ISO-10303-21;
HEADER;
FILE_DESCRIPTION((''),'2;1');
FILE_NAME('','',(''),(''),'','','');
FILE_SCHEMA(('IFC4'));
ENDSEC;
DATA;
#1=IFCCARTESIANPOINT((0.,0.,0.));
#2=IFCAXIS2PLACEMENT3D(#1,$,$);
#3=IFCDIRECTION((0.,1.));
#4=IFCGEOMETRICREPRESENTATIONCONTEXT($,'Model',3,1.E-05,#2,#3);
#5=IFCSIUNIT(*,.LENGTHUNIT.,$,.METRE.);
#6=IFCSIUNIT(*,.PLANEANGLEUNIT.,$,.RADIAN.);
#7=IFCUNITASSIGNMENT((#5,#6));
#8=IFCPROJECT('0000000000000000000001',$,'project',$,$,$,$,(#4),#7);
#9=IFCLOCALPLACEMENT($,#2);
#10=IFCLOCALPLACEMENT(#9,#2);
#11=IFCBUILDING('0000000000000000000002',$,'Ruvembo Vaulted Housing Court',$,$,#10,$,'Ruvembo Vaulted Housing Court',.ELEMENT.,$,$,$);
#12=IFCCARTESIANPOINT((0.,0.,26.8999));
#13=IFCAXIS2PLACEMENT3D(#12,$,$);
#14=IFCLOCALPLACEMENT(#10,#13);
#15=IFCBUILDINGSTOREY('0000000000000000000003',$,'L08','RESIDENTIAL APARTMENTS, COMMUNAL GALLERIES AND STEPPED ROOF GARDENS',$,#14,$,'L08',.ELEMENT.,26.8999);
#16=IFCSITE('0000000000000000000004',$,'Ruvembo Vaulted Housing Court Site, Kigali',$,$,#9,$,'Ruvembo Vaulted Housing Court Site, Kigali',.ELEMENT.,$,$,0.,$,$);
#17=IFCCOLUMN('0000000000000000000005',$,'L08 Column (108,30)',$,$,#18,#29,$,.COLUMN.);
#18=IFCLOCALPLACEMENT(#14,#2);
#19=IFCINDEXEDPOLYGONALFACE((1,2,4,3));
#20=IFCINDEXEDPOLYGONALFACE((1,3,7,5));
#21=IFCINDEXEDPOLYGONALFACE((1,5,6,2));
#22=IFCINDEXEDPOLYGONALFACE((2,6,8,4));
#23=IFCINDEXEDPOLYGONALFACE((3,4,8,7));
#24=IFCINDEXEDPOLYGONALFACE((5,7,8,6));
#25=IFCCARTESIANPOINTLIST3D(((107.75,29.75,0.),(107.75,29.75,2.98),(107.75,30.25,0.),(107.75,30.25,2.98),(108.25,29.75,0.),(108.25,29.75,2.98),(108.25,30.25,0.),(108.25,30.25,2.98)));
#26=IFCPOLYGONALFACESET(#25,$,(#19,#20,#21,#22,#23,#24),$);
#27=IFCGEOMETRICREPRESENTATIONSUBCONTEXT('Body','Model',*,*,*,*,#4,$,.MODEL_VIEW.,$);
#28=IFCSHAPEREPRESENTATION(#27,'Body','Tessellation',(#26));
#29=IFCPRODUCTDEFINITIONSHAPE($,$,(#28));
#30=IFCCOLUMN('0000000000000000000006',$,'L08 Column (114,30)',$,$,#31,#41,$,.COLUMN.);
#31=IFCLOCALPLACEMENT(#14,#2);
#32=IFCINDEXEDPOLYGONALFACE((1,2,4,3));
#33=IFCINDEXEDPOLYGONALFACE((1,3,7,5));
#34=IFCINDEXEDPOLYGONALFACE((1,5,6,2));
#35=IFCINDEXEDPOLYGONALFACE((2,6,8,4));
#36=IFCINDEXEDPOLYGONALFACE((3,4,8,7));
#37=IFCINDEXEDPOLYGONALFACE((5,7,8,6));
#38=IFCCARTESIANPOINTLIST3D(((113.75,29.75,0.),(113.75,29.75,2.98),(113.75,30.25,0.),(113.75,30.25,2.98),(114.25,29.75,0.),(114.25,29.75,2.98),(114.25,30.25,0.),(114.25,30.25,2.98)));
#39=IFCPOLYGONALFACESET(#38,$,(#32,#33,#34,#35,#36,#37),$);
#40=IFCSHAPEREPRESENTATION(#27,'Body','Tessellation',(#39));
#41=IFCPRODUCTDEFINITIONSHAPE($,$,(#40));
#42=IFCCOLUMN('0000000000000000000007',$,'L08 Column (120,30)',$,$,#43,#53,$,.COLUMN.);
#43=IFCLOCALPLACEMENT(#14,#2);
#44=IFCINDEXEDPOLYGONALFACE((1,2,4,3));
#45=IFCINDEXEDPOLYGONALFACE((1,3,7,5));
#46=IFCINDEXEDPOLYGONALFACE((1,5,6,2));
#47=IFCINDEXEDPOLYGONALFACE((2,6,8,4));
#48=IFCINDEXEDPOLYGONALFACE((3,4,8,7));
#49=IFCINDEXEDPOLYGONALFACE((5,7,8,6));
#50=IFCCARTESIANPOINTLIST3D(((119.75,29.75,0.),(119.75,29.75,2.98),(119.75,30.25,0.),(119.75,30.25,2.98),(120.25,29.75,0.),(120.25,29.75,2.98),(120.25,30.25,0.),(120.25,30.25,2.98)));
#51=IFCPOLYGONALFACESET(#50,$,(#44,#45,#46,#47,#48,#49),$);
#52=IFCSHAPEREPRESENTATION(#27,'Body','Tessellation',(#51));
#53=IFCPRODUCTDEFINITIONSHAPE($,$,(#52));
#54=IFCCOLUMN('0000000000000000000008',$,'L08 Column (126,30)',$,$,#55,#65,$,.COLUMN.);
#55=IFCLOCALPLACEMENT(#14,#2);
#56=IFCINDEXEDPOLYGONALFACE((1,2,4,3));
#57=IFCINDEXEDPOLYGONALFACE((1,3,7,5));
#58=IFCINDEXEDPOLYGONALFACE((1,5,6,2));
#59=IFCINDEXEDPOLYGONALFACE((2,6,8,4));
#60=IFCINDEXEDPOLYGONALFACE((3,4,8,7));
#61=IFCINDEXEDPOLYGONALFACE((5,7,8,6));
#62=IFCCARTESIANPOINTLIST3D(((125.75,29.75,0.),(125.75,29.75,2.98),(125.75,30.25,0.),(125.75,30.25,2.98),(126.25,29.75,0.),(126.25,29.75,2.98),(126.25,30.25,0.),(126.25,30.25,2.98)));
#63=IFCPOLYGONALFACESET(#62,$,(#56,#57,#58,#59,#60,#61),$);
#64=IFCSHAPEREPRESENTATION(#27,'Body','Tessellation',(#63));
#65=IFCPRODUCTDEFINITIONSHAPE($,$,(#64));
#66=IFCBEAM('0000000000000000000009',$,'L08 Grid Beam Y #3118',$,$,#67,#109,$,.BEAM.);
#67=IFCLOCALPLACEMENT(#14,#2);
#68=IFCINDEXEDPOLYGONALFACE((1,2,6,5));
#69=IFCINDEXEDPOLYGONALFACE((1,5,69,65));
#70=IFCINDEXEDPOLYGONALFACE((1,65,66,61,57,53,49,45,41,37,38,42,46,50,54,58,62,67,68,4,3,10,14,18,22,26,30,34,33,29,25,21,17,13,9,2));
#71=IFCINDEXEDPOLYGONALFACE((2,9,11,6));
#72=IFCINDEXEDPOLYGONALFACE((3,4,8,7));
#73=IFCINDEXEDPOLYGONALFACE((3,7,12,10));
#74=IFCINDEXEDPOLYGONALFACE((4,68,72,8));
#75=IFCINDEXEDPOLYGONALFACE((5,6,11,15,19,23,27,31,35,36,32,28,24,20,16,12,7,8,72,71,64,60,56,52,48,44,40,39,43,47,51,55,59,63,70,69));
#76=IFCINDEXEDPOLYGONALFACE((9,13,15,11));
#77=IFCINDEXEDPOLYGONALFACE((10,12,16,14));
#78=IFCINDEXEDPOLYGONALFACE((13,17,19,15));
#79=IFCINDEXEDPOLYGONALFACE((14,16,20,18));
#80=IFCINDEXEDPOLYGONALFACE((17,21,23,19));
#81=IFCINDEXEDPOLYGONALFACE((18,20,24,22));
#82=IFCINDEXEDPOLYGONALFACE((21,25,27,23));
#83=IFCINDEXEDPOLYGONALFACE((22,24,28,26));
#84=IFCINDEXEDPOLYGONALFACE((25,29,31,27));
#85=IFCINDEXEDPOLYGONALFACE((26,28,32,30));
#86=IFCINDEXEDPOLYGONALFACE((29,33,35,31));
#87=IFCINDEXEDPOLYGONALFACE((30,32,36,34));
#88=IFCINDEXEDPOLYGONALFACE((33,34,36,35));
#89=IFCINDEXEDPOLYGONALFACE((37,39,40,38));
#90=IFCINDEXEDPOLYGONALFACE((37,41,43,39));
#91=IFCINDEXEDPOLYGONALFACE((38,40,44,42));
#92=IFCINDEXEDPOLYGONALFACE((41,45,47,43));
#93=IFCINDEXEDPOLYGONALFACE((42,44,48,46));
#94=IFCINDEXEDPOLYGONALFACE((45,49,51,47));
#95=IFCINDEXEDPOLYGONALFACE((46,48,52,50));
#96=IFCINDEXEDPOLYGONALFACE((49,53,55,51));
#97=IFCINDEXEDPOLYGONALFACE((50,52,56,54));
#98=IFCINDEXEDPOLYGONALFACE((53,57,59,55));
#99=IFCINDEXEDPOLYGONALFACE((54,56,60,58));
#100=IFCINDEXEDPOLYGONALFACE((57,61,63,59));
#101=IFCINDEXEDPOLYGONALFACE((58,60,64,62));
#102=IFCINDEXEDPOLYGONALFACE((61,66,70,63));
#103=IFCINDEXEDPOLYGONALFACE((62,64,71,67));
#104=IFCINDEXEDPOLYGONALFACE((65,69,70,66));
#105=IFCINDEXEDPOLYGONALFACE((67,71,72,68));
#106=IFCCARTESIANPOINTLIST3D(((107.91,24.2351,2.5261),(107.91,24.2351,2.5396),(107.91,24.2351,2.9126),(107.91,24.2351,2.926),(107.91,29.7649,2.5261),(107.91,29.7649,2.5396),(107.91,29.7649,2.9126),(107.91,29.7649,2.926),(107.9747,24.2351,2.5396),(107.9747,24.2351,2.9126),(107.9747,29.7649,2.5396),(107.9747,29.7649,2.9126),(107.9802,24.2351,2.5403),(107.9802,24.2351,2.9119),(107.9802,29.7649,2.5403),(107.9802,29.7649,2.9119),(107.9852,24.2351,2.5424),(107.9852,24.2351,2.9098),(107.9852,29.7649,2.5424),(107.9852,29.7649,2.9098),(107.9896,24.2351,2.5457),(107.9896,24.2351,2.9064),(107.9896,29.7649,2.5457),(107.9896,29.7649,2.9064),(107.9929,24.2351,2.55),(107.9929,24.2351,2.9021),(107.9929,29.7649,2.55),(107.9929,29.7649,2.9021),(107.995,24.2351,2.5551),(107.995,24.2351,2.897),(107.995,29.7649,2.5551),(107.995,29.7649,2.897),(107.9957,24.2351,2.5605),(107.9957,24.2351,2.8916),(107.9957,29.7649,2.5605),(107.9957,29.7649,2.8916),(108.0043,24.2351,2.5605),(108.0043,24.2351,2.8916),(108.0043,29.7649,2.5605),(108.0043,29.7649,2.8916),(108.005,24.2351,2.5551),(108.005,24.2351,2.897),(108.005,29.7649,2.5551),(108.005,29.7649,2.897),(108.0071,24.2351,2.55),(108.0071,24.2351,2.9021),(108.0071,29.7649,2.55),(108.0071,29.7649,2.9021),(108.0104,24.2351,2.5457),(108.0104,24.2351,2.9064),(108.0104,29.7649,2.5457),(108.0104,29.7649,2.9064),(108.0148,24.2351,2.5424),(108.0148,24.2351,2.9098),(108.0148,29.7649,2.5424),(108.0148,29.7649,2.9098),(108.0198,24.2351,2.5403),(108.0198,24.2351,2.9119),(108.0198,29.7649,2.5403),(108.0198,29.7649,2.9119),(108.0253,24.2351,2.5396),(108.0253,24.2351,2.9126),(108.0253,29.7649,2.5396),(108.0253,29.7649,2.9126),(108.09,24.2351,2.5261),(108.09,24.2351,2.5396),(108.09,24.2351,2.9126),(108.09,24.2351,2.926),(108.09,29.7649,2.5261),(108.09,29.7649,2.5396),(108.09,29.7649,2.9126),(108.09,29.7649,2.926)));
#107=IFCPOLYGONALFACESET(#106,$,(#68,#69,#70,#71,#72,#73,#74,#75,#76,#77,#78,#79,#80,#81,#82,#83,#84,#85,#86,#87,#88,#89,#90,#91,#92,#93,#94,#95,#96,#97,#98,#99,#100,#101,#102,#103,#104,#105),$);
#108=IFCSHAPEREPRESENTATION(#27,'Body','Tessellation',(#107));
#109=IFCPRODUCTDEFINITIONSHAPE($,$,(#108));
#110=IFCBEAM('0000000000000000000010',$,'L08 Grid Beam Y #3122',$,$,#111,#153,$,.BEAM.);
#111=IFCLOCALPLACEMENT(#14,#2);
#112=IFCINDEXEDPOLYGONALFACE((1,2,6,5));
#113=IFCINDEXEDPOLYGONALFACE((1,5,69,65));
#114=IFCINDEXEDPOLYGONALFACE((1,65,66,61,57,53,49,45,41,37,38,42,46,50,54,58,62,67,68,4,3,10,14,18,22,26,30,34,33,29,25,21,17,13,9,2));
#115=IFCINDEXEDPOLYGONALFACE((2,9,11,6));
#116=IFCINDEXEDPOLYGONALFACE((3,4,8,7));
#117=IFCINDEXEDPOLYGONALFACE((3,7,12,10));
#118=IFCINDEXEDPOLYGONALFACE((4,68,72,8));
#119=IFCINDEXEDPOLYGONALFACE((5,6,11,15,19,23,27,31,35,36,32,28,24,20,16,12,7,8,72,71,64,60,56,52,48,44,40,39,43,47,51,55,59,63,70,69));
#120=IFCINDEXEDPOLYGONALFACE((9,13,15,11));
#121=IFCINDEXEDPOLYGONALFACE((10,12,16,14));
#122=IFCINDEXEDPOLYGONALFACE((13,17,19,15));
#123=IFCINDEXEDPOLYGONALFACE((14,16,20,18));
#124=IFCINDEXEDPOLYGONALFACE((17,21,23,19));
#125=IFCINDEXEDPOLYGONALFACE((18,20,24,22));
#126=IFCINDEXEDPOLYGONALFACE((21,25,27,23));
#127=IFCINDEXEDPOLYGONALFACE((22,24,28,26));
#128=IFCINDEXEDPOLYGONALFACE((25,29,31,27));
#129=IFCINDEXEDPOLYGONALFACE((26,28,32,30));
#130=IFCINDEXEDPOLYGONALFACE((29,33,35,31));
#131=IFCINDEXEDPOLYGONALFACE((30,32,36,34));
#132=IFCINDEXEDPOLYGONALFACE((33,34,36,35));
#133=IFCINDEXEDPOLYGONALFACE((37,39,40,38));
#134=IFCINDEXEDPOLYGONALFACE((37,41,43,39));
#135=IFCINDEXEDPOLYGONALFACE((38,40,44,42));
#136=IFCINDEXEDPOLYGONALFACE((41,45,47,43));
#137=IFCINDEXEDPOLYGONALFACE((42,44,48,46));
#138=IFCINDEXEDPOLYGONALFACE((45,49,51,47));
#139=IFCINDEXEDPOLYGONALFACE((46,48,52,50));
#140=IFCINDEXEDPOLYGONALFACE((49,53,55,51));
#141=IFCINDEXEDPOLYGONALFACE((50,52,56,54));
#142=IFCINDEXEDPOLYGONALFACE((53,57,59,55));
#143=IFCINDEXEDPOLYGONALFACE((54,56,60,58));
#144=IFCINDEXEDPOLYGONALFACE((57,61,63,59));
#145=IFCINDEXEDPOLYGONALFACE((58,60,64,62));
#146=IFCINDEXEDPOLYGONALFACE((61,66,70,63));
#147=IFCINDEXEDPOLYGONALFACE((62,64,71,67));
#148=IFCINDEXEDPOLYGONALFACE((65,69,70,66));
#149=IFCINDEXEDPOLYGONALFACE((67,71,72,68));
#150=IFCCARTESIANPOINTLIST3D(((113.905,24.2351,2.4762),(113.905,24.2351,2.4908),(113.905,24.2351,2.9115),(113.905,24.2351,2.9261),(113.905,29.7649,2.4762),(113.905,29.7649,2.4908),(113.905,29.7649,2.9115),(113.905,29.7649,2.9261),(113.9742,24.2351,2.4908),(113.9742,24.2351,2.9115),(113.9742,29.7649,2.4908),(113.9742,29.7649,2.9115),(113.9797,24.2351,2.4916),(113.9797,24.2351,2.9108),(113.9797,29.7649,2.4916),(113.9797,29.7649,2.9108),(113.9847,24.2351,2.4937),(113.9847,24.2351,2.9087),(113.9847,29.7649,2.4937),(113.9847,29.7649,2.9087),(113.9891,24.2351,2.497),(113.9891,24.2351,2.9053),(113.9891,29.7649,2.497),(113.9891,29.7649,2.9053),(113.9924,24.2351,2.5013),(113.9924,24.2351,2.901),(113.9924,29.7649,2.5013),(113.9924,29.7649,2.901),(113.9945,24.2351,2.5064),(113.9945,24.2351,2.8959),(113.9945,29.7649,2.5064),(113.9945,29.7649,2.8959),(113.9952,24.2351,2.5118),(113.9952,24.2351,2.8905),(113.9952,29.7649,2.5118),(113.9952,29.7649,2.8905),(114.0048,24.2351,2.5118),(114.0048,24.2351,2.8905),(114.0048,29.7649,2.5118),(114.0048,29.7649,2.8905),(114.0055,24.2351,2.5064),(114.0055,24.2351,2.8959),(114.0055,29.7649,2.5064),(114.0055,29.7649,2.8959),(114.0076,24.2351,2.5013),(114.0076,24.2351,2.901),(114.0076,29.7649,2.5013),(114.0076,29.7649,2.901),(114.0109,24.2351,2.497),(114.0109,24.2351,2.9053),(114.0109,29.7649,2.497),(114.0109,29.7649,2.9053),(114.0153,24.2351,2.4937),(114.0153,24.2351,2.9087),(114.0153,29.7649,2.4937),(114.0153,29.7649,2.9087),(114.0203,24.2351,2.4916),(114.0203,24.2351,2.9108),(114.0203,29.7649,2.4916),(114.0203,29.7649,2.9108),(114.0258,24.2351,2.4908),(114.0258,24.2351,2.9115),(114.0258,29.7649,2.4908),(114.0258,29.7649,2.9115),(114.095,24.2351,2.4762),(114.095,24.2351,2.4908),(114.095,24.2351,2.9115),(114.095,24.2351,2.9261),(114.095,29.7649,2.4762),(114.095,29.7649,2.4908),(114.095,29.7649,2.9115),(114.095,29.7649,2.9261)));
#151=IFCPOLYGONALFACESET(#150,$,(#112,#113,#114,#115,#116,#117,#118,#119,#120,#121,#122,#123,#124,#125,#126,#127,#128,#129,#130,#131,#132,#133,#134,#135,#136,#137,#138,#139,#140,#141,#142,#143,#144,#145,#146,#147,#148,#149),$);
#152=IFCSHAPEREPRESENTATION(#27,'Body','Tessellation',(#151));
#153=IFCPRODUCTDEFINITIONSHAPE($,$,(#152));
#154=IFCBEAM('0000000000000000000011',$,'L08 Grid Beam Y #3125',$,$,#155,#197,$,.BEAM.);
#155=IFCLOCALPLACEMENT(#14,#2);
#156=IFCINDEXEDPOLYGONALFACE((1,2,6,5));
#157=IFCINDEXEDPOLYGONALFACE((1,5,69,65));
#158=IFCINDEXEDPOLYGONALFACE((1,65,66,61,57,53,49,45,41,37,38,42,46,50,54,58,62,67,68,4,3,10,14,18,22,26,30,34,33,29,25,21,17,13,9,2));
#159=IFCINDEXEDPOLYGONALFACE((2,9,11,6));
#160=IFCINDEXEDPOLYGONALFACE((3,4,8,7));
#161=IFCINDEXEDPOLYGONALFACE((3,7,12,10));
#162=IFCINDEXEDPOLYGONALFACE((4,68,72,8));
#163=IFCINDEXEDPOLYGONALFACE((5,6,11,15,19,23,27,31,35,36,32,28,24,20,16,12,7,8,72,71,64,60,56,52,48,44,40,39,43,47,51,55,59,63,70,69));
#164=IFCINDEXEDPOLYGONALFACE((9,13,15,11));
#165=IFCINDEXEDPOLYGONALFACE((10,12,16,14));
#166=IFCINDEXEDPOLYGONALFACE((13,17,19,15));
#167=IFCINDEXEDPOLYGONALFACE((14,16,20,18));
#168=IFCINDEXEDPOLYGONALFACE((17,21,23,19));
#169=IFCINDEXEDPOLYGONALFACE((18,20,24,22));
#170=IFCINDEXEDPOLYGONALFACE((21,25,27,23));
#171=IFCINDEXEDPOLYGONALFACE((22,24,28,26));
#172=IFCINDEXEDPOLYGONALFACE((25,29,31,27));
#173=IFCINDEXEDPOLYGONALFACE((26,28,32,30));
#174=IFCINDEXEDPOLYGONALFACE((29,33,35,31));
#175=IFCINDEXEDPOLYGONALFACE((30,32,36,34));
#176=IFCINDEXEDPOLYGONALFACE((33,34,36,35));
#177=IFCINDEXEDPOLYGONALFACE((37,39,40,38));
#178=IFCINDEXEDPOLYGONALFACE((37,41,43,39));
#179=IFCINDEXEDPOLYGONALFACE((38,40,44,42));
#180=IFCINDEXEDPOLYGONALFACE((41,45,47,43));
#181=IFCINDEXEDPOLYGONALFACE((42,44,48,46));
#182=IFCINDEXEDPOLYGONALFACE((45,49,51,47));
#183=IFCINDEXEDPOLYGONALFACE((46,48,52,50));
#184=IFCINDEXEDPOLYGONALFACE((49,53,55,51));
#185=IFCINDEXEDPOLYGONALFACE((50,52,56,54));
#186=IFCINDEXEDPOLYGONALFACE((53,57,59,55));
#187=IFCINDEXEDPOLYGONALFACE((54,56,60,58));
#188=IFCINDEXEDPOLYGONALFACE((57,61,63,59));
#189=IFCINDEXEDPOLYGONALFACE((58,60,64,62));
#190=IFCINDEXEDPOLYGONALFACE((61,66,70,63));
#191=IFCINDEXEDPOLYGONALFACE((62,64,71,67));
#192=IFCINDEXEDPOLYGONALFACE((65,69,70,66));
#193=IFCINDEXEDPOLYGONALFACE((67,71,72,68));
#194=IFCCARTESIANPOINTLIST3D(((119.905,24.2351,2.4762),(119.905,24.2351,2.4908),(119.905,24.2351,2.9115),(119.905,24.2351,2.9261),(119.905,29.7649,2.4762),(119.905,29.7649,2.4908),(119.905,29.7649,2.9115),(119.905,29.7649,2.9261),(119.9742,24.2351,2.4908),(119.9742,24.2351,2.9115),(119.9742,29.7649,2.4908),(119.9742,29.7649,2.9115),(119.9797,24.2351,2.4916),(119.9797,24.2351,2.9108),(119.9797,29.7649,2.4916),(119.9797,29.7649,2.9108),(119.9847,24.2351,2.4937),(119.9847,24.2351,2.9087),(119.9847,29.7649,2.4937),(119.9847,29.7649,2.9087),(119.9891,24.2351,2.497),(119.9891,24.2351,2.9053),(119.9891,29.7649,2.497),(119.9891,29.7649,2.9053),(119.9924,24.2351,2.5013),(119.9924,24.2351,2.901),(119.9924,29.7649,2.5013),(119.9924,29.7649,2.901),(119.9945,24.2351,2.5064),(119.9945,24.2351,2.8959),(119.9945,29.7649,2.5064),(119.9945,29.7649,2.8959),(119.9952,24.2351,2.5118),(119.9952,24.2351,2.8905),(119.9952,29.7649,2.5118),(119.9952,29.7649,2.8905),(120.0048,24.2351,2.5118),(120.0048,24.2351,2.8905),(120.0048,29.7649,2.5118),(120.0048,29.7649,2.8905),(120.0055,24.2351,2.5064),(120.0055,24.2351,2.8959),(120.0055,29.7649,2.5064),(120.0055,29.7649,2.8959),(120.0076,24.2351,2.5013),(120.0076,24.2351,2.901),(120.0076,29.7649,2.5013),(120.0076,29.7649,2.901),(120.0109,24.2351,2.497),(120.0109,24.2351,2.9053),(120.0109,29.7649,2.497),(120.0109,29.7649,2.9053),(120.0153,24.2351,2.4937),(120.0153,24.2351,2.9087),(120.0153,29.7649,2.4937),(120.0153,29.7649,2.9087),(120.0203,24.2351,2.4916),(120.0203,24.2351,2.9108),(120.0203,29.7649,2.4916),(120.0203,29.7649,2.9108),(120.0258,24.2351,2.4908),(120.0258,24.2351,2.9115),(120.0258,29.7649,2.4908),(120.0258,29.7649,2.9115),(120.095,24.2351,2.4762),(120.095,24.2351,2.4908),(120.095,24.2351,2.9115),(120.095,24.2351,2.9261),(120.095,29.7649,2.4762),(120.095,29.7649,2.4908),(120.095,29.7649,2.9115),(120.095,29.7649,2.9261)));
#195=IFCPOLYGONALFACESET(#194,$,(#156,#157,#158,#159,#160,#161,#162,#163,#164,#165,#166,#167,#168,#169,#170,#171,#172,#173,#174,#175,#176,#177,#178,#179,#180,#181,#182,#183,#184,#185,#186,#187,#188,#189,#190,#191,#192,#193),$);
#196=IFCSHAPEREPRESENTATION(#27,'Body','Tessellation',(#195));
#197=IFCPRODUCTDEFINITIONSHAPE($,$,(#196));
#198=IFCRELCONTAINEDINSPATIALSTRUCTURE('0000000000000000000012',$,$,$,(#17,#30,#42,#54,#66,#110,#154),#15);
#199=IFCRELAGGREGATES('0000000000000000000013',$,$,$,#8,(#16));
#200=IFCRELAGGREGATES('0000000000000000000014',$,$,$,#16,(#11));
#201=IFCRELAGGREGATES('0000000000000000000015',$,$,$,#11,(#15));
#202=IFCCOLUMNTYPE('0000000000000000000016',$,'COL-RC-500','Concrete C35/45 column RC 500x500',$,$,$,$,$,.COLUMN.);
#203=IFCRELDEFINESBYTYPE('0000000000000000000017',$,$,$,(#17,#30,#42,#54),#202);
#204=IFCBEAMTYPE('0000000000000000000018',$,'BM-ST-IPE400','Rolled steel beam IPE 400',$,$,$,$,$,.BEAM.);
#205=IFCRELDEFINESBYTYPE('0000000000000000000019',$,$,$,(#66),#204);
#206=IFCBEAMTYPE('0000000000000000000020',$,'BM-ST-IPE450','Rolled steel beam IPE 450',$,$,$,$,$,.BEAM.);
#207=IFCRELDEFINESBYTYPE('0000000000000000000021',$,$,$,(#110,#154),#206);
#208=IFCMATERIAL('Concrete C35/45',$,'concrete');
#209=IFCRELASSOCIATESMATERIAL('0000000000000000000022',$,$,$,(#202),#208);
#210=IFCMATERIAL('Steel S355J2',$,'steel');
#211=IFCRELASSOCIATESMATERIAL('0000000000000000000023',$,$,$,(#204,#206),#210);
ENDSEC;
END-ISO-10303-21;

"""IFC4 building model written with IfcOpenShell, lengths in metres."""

from ifc_helpers import new_model, si_unit, direction, frame, origin, origin_2d, place, context, subcontext, project, spatial, rectangle, i_section, extrude, material, material_profile, profile_set, type_object, element, save


model = new_model("IFC4")

# Units and contexts
model_context = context("Model", 3, precision=1e-05, world=origin(), true_north=direction((0.0, 1.0)))
body_context = subcontext(model_context, "Body", "Model", "MODEL_VIEW")
ifc_project = project(units=[si_unit("LENGTHUNIT", "METRE"), si_unit("PLANEANGLEUNIT", "RADIAN")], contexts=[model_context])

# Site, building, storey
site_placement = place(None, origin())
site = spatial("IfcSite", under=ifc_project, at=site_placement, Name="Ruvembo Vaulted Housing Court Site, Kigali", LongName="Ruvembo Vaulted Housing Court Site, Kigali", CompositionType="ELEMENT", RefElevation=0.0)
building_placement = place(site_placement, origin())
building = spatial("IfcBuilding", under=site, at=building_placement, Name="Ruvembo Vaulted Housing Court", LongName="Ruvembo Vaulted Housing Court", CompositionType="ELEMENT")
storey_placement = place(building_placement, frame((0.0, 0.0, 26.8999)))
storey = spatial("IfcBuildingStorey", under=building, at=storey_placement, Name="L08", Description="RESIDENTIAL APARTMENTS, COMMUNAL GALLERIES AND STEPPED ROOF GARDENS", LongName="L08", CompositionType="ELEMENT", Elevation=26.8999)

# Columns
ifc_material_1 = material(Name="Concrete C35/45", Category="concrete")
ifc_material_profile_1 = material_profile(ifc_material_1, rectangle(XDim=0.5, YDim=0.5, at=origin_2d()), Name="RC 500x500")
ifc_profile_set_1 = profile_set([ifc_material_profile_1], Name="Concrete C35/45")
column_type = type_object("IfcColumnType", Name="COL-RC-500", Description="Concrete C35/45 column RC 500x500", PredefinedType="COLUMN", material=ifc_profile_set_1)
for number, where, z_axis, x_axis, name in (
    (1, (108.0, 30.0, 0.0), (0.0, 0.0, 1.0), (1.0, 0.0, 0.0), "L08 Column (108,30)"),
    (2, (114.0, 30.0, 0.0), (0.0, 0.0, 1.0), (1.0, 0.0, 0.0), "L08 Column (114,30)"),
    (3, (120.0, 30.0, 0.0), (0.0, 0.0, 1.0), (1.0, 0.0, 0.0), "L08 Column (120,30)"),
    (4, (126.0, 30.0, 0.0), (0.0, 0.0, 1.0), (1.0, 0.0, 0.0), "L08 Column (126,30)"),
):
    element("IfcColumn", number, at=place(storey_placement, frame(where, z_axis=z_axis, x_axis=x_axis)), inside=storey, type_object=column_type, Name=name, PredefinedType="COLUMN", context=body_context, shape_type="SweptSolid", body=[
        extrude(rectangle(XDim=0.5, YDim=0.5, at=origin_2d()), origin(), (0.0, 0.0, 1.0), 2.98),
    ])

# Beams
ifc_material_2 = material(Name="Steel S355J2", Category="steel")
ifc_material_profile_2 = material_profile(ifc_material_2, i_section(OverallWidth=0.1799, OverallDepth=0.3999, WebThickness=0.0085, FlangeThickness=0.0134, FilletRadius=0.021, at=origin_2d()), Name="IPE 400")
ifc_profile_set_2 = profile_set([ifc_material_profile_2], Name="Steel S355J2")
beam_type_1 = type_object("IfcBeamType", Name="BM-ST-IPE400", Description="Rolled steel beam IPE 400", PredefinedType="BEAM", material=ifc_profile_set_2)
beam_1_placement = place(storey_placement, frame((108.0, 24.2351, 2.7261), z_axis=(0.0, 1.0, 0.0), x_axis=(-1.0, 0.0, 0.0)))
element("IfcBeam", 5, at=beam_1_placement, inside=storey, type_object=beam_type_1, Name="L08 Grid Beam Y #3118", PredefinedType="BEAM", context=body_context, shape_type="SweptSolid", body=[
    extrude(i_section(OverallWidth=0.1799, OverallDepth=0.3999, WebThickness=0.0085, FlangeThickness=0.0134, FilletRadius=0.021, at=origin_2d()), origin(), (0.0, 0.0, 1.0), 5.5298),
])
ifc_material_profile_3 = material_profile(ifc_material_2, i_section(OverallWidth=0.1899, OverallDepth=0.45, WebThickness=0.0095, FlangeThickness=0.0146, FilletRadius=0.021, at=origin_2d()), Name="IPE 450")
ifc_profile_set_3 = profile_set([ifc_material_profile_3], Name="Steel S355J2")
beam_type_2 = type_object("IfcBeamType", Name="BM-ST-IPE450", Description="Rolled steel beam IPE 450", PredefinedType="BEAM", material=ifc_profile_set_3)
for number, where, z_axis, x_axis, name in (
    (6, (114.0, 24.2351, 2.7012), (0.0, 1.0, 0.0), (-1.0, 0.0, 0.0), "L08 Grid Beam Y #3122"),
    (7, (120.0, 24.2351, 2.7012), (0.0, 1.0, 0.0), (-1.0, 0.0, 0.0), "L08 Grid Beam Y #3125"),
):
    element("IfcBeam", number, at=place(storey_placement, frame(where, z_axis=z_axis, x_axis=x_axis)), inside=storey, type_object=beam_type_2, Name=name, PredefinedType="BEAM", context=body_context, shape_type="SweptSolid", body=[
        extrude(i_section(OverallWidth=0.1899, OverallDepth=0.45, WebThickness=0.0095, FlangeThickness=0.0146, FilletRadius=0.021, at=origin_2d()), origin(), (0.0, 0.0, 1.0), 5.5298),
    ])

save(model, "model.ifc")
